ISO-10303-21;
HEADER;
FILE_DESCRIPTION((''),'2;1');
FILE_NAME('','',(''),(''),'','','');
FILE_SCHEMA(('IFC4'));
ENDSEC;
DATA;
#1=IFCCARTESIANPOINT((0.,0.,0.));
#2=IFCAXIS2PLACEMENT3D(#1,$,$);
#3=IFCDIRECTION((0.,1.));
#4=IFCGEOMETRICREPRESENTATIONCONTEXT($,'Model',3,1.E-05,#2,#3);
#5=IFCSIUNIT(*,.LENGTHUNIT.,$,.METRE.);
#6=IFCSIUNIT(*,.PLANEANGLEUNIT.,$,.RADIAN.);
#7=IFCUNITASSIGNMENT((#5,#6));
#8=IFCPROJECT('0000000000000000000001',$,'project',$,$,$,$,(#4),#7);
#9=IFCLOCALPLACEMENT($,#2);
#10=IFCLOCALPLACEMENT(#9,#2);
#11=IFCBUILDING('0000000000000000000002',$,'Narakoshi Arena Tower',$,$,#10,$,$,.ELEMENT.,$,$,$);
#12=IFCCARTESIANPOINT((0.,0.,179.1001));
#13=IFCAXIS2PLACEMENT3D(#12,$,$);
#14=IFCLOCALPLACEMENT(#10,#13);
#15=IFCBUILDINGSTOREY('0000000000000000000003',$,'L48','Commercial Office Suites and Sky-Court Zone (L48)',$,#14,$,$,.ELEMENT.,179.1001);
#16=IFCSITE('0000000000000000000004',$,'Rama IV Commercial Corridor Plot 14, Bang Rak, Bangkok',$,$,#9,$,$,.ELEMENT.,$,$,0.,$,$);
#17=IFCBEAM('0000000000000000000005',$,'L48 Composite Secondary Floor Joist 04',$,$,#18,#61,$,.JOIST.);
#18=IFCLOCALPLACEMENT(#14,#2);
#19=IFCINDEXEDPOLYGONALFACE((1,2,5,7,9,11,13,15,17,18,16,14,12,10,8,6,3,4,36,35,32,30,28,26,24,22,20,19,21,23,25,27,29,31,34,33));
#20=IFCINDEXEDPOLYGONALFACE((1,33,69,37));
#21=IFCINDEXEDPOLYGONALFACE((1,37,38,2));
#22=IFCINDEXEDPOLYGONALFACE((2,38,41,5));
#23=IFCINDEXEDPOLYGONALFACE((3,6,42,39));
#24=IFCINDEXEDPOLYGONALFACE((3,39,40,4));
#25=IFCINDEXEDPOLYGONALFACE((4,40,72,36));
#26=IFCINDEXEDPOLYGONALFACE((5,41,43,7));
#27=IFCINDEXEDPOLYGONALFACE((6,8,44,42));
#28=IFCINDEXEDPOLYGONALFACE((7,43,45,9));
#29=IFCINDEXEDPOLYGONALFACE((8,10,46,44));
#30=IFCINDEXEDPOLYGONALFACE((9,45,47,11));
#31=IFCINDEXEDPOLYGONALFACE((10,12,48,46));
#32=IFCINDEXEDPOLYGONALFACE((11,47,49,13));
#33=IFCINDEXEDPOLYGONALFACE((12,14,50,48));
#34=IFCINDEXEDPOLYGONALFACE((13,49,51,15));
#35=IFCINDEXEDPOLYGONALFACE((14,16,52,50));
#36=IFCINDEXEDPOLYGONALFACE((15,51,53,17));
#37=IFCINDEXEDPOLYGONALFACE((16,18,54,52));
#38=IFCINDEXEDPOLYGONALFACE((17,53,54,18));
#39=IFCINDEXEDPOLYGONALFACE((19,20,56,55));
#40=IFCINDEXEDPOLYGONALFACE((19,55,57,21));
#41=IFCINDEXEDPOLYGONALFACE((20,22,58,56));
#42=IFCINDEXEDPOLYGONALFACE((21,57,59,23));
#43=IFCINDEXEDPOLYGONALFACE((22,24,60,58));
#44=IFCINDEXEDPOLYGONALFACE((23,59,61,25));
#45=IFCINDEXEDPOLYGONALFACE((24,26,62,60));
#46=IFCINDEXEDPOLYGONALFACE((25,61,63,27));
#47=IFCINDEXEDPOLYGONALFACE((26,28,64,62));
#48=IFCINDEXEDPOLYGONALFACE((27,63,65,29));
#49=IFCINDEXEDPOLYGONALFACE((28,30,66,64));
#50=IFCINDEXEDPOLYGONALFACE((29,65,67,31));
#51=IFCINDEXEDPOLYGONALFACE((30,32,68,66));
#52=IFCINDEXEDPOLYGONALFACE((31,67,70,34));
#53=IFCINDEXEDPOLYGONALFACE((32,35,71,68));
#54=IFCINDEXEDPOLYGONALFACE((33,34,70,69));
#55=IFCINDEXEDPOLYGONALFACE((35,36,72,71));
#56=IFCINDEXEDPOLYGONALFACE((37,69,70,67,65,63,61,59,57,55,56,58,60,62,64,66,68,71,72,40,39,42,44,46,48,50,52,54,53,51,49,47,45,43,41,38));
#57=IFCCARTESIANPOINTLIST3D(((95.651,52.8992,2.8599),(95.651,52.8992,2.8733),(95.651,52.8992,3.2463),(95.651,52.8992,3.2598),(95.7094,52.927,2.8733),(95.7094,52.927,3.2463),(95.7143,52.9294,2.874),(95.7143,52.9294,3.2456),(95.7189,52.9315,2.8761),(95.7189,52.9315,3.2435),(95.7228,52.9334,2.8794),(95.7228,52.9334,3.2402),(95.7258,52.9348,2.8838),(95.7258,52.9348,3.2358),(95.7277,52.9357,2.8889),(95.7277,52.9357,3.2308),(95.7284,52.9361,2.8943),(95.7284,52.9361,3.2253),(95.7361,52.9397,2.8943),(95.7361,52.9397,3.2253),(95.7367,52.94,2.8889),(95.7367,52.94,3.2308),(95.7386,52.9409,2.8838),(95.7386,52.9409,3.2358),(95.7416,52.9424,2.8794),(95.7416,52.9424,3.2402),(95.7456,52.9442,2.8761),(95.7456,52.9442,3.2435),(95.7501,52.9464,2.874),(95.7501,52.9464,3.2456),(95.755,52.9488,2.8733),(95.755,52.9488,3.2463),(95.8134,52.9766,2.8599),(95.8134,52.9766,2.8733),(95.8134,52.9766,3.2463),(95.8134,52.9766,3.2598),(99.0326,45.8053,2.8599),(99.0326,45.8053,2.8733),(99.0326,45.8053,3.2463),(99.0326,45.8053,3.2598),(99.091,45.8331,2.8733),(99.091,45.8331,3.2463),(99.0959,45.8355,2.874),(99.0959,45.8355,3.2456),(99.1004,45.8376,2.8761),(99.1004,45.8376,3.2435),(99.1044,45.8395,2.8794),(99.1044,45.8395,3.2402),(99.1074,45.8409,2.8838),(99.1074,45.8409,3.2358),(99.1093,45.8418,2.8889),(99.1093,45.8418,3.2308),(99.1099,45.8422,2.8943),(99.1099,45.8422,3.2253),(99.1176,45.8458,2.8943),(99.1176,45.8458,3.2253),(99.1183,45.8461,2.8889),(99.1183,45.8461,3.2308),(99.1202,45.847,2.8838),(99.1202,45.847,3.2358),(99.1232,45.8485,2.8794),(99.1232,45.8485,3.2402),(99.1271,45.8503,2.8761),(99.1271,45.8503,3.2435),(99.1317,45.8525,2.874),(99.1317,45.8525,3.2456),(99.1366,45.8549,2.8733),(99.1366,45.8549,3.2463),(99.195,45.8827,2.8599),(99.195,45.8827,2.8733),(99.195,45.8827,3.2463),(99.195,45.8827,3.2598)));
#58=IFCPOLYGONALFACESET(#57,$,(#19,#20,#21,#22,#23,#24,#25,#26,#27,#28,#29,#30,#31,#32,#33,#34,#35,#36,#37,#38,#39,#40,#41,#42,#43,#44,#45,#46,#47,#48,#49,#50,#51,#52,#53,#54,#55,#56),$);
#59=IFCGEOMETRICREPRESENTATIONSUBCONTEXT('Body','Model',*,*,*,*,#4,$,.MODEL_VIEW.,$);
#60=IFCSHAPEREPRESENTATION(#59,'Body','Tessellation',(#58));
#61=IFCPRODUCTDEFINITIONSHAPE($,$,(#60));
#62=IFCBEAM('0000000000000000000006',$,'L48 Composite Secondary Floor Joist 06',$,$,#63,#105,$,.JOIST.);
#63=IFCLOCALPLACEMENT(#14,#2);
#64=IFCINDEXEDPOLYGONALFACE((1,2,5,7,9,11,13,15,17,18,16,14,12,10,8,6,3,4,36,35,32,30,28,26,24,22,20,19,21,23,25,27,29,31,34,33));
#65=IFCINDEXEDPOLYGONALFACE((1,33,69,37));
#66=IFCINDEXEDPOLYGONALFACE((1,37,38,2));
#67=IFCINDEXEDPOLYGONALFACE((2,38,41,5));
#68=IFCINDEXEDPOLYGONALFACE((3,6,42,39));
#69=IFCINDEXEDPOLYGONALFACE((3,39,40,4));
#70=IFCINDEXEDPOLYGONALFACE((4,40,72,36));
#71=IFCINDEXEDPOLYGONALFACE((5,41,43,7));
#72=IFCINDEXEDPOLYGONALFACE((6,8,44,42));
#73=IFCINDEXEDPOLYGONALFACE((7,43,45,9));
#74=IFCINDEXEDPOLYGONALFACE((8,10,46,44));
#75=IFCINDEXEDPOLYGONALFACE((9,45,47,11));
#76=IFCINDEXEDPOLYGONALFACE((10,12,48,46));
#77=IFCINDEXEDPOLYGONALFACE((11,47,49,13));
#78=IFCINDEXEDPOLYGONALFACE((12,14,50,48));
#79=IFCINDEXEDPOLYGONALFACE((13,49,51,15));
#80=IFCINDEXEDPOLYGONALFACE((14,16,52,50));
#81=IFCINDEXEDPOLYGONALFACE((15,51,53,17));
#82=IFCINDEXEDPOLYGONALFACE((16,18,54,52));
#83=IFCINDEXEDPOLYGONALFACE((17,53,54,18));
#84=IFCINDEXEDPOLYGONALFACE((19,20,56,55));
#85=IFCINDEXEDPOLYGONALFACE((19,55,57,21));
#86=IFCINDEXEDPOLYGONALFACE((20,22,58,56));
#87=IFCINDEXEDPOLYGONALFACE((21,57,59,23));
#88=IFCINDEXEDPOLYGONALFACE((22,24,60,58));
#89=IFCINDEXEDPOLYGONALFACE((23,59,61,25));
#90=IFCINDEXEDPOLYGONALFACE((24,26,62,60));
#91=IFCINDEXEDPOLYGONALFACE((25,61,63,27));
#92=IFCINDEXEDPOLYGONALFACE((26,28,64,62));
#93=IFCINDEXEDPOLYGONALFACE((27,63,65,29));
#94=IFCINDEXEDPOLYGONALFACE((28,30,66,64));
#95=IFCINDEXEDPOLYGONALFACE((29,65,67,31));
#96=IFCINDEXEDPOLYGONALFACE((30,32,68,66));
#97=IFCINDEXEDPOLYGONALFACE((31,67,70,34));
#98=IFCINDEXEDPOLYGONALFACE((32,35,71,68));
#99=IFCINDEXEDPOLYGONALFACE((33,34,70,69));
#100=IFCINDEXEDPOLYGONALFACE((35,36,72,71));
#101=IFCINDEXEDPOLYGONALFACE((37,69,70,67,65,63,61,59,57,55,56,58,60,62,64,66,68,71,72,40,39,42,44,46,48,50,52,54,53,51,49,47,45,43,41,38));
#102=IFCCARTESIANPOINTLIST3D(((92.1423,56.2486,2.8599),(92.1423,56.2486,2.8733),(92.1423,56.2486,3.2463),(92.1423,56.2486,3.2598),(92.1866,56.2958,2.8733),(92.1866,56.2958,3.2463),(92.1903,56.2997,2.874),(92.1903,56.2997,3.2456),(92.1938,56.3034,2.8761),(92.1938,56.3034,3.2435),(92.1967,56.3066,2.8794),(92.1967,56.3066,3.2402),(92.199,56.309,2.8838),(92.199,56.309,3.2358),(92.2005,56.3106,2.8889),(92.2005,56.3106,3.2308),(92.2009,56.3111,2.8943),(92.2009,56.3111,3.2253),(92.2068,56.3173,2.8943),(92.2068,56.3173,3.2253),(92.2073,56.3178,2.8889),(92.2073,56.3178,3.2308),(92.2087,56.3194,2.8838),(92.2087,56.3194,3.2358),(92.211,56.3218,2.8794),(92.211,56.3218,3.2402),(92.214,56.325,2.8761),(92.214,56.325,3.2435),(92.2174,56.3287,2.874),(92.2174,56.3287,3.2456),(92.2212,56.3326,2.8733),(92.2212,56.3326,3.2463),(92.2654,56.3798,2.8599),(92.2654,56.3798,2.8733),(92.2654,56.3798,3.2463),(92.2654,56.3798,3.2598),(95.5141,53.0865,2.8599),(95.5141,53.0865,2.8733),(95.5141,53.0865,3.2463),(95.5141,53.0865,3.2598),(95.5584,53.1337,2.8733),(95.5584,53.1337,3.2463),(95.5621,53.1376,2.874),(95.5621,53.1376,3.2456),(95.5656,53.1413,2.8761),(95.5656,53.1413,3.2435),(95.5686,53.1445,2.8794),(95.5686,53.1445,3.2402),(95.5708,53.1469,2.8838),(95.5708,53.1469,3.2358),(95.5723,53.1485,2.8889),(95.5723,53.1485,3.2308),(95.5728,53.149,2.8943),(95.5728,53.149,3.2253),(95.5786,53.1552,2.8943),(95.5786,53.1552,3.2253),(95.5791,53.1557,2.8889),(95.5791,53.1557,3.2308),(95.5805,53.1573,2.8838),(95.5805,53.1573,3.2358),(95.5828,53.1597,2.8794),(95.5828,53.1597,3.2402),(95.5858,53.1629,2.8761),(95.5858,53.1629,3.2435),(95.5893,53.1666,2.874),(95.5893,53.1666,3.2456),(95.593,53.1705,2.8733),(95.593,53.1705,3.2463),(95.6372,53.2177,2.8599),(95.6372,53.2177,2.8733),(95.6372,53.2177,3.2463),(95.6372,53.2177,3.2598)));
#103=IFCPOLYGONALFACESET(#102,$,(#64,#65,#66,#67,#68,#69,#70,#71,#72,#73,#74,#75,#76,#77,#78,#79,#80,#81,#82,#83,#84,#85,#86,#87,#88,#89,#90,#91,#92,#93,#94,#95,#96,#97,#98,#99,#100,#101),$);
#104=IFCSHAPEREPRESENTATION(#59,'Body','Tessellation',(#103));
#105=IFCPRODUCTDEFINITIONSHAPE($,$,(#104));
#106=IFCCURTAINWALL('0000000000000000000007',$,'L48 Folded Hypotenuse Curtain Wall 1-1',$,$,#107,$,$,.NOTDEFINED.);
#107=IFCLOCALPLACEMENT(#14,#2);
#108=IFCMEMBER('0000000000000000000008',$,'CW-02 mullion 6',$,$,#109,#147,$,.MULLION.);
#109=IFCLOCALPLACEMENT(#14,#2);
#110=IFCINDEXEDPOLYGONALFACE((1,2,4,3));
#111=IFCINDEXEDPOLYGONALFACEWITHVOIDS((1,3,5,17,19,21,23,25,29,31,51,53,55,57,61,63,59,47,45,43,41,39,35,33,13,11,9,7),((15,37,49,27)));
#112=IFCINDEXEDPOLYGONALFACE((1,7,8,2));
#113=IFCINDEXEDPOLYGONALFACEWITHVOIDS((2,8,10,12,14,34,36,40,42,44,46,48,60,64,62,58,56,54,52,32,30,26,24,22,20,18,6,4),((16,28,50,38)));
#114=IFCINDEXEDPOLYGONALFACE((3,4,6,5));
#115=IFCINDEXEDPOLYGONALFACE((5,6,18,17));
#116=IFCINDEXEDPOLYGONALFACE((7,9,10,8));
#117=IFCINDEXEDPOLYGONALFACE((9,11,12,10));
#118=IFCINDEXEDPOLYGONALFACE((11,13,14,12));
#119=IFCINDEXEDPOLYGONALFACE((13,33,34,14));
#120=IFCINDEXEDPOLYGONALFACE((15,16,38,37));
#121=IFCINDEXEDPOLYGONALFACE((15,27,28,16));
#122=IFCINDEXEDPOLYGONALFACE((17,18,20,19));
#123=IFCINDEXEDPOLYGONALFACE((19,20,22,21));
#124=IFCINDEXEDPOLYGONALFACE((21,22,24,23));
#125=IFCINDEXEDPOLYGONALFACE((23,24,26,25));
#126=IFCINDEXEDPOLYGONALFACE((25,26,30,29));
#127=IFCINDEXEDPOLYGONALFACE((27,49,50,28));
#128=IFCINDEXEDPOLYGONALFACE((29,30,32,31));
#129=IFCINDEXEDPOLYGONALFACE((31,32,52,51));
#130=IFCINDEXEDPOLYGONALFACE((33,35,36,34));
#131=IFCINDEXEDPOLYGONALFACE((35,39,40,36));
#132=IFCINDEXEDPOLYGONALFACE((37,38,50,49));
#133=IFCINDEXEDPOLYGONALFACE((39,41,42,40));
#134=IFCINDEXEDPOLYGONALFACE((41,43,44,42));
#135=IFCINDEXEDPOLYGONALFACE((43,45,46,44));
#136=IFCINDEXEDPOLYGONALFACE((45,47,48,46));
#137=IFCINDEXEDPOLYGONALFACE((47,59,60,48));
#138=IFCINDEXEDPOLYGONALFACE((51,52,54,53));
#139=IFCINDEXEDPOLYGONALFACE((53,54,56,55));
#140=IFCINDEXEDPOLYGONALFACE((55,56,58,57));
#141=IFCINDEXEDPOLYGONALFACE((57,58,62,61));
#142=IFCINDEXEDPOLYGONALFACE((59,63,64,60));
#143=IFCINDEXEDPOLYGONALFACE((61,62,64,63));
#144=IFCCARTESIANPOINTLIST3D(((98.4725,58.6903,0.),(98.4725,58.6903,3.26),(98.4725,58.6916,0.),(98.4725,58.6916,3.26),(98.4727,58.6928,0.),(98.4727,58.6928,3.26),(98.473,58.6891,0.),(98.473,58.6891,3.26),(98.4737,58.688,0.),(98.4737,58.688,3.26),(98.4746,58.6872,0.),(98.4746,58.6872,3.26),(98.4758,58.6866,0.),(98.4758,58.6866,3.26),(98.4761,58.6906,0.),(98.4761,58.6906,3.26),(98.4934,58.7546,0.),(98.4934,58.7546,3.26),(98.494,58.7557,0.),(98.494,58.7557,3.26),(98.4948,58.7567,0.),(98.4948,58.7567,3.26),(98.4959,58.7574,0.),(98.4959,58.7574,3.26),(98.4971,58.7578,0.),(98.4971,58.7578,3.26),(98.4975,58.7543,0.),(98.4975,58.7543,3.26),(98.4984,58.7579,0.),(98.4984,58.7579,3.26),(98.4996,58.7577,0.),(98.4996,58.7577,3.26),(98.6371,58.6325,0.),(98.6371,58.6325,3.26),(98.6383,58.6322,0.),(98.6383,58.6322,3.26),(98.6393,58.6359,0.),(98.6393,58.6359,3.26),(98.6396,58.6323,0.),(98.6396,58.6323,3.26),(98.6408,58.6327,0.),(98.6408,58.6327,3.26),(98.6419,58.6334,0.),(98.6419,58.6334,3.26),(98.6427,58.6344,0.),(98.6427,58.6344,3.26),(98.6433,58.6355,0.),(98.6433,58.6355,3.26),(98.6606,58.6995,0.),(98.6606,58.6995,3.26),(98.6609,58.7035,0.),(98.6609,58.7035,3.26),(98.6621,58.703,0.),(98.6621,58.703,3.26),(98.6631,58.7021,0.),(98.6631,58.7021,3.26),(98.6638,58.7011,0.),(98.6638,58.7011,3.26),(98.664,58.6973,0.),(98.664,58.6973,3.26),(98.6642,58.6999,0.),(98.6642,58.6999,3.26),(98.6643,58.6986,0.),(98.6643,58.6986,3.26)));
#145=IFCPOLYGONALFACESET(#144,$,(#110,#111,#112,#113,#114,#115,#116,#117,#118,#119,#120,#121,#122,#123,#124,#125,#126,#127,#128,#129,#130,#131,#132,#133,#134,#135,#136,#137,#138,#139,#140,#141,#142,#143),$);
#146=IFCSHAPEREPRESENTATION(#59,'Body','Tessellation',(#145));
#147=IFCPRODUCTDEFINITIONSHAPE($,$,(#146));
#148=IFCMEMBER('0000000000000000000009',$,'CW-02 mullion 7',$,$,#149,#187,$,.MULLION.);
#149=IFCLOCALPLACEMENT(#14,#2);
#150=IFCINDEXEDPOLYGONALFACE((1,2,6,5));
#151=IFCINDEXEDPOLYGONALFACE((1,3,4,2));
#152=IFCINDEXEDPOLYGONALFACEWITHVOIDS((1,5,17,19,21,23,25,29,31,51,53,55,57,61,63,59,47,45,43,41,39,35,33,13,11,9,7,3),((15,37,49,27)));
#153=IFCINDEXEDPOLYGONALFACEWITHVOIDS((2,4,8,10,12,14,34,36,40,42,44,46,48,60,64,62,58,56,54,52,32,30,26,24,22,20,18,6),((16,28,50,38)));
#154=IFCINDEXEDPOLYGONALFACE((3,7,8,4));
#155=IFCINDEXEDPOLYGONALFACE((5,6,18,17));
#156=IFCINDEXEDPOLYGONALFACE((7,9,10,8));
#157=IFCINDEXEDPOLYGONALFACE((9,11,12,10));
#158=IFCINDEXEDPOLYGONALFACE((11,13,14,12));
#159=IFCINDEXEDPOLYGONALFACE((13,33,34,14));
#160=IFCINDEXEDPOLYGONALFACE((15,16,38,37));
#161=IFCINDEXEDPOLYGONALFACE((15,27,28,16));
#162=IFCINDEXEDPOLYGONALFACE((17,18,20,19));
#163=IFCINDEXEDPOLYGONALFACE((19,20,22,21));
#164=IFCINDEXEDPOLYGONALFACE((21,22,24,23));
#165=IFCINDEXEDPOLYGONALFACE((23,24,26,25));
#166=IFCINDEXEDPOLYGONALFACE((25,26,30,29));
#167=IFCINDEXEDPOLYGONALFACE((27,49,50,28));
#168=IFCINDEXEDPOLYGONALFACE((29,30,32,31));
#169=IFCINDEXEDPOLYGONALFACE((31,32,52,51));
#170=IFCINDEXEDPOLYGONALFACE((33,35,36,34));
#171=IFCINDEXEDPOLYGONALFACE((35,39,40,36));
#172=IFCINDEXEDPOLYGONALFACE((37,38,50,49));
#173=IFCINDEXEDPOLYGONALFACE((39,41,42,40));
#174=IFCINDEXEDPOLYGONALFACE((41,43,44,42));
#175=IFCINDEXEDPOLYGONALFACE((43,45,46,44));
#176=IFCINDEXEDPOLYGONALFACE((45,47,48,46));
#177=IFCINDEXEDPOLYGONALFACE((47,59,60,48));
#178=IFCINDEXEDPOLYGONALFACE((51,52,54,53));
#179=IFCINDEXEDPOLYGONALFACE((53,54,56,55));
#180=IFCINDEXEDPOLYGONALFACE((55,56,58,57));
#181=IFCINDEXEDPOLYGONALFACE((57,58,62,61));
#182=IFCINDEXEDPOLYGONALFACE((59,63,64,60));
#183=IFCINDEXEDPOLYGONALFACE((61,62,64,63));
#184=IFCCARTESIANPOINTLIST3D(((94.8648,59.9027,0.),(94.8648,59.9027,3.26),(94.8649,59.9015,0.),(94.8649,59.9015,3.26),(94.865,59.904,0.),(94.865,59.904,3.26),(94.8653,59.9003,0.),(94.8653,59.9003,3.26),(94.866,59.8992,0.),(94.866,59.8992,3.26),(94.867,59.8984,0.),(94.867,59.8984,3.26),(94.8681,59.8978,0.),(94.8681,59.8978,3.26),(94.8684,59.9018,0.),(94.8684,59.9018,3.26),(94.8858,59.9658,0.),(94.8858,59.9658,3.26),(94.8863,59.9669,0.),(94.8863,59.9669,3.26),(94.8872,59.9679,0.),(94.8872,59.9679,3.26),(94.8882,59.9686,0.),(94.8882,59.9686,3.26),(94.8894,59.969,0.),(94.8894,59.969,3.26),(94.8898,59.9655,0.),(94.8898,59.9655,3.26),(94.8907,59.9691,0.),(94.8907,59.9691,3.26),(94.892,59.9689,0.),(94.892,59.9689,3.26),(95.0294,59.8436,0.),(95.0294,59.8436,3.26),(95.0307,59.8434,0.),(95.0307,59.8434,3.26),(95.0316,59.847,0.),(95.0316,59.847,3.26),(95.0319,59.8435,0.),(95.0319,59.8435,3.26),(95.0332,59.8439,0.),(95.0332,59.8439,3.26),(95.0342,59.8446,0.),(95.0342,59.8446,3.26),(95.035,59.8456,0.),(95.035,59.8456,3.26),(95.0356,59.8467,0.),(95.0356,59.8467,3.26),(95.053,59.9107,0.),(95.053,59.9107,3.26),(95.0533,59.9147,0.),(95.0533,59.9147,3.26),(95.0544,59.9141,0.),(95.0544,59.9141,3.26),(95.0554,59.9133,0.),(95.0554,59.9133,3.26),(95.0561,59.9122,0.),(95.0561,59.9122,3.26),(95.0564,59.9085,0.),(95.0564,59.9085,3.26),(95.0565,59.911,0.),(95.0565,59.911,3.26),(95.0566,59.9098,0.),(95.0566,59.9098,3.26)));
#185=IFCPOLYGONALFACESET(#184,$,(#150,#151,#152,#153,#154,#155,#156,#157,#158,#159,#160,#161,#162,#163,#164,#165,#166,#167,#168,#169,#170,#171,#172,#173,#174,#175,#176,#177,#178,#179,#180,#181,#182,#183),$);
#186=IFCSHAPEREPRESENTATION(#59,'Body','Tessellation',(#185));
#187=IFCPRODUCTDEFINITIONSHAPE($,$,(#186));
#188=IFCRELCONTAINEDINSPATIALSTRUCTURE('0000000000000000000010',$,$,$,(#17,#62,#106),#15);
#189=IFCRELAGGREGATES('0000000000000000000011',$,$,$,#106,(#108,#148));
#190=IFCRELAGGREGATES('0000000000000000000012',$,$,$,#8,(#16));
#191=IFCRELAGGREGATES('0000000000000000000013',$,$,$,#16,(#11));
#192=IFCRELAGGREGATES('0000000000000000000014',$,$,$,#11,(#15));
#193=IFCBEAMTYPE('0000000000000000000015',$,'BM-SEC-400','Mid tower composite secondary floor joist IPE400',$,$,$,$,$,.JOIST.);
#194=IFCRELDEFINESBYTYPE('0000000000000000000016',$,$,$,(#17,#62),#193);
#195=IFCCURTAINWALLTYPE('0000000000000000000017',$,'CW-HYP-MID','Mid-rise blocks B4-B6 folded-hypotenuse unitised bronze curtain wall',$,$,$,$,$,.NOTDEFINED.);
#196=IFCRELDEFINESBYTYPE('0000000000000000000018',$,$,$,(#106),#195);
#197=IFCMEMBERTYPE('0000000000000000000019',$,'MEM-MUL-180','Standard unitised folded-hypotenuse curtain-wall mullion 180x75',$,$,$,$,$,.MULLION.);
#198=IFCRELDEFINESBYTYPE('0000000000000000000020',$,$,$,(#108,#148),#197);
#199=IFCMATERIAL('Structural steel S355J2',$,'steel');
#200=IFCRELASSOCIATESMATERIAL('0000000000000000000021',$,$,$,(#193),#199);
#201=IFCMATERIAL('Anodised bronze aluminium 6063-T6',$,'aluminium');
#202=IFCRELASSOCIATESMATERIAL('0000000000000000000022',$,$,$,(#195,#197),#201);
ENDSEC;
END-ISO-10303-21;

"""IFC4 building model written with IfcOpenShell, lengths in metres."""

from ifc_helpers import new_model, si_unit, direction, frame, origin, origin_2d, place, context, subcontext, project, spatial, hollow_rectangle, i_section, extrude, material, material_profile, profile_set, type_object, element, aggregate, save


model = new_model("IFC4")

# Units and contexts
model_context = context("Model", 3, precision=1e-05, world=origin(), true_north=direction((0.0, 1.0)))
body_context = subcontext(model_context, "Body", "Model", "MODEL_VIEW")
ifc_project = project(units=[si_unit("LENGTHUNIT", "METRE"), si_unit("PLANEANGLEUNIT", "RADIAN")], contexts=[model_context])

# Site, building, storey
site_placement = place(None, origin())
site = spatial("IfcSite", under=ifc_project, at=site_placement, Name="Rama IV Commercial Corridor Plot 14, Bang Rak, Bangkok", CompositionType="ELEMENT", RefElevation=0.0)
building_placement = place(site_placement, origin())
building = spatial("IfcBuilding", under=site, at=building_placement, Name="Narakoshi Arena Tower", CompositionType="ELEMENT")
storey_placement = place(building_placement, frame((0.0, 0.0, 179.1001)))
storey = spatial("IfcBuildingStorey", under=building, at=storey_placement, Name="L48", Description="Commercial Office Suites and Sky-Court Zone (L48)", CompositionType="ELEMENT", Elevation=179.1001)

# Beams
ifc_material_1 = material(Name="Structural steel S355J2", Category="steel")
ifc_material_profile_1 = material_profile(ifc_material_1, i_section(OverallWidth=0.1799, OverallDepth=0.3999, WebThickness=0.0085, FlangeThickness=0.0134, FilletRadius=0.021, at=origin_2d()), Name="IPE400")
ifc_profile_set_1 = profile_set([ifc_material_profile_1], Name="Structural steel S355J2")
beam_type_1 = type_object("IfcBeamType", Name="BM-SEC-400", Description="Mid tower composite secondary floor joist IPE400", PredefinedType="JOIST", material=ifc_profile_set_1)
beam_1_placement = place(storey_placement, frame((99.1138, 45.844, 3.0598), z_axis=(-0.430297, 0.902688, 0.0), x_axis=(-0.902688, -0.430297, 0.0)))
element("IfcBeam", 1, at=beam_1_placement, inside=storey, type_object=beam_type_1, Name="L48 Composite Secondary Floor Joist 04", PredefinedType="JOIST", context=body_context, shape_type="SweptSolid", body=[
    extrude(i_section(OverallWidth=0.1799, OverallDepth=0.3999, WebThickness=0.0085, FlangeThickness=0.0134, FilletRadius=0.021, at=origin_2d()), origin(), (0.0, 0.0, 1.0), 7.8586),
])
beam_2_placement = place(storey_placement, frame((95.5757, 53.1521, 3.0598), z_axis=(-0.729427, 0.684059, 0.0), x_axis=(-0.684059, -0.729427, 0.0)))
element("IfcBeam", 2, at=beam_2_placement, inside=storey, type_object=beam_type_1, Name="L48 Composite Secondary Floor Joist 06", PredefinedType="JOIST", context=body_context, shape_type="SweptSolid", body=[
    extrude(i_section(OverallWidth=0.1799, OverallDepth=0.3999, WebThickness=0.0085, FlangeThickness=0.0134, FilletRadius=0.021, at=origin_2d()), origin(), (0.0, 0.0, 1.0), 4.6226),
])

# Curtain wall, members
ifc_material_2 = material(Name="Anodised bronze aluminium 6063-T6", Category="aluminium")
curtain_wall_type = type_object("IfcCurtainWallType", Name="CW-HYP-MID", Description="Mid-rise blocks B4-B6 folded-hypotenuse unitised bronze curtain wall", PredefinedType="NOTDEFINED", material=ifc_material_2)
curtain_wall_placement = place(storey_placement, origin())
curtain_wall = element("IfcCurtainWall", 3, at=curtain_wall_placement, inside=storey, type_object=curtain_wall_type, Name="L48 Folded Hypotenuse Curtain Wall 1-1", PredefinedType="NOTDEFINED")
ifc_material_profile_2 = material_profile(ifc_material_2, hollow_rectangle(XDim=0.075, YDim=0.1799, WallThickness=0.0039, OuterFilletRadius=0.0049, at=origin_2d()), Name="MUL180x75x4")
ifc_profile_set_2 = profile_set([ifc_material_profile_2], Name="Anodised bronze aluminium 6063-T6")
member_type_1 = type_object("IfcMemberType", Name="MEM-MUL-180", Description="Standard unitised folded-hypotenuse curtain-wall mullion 180x75", PredefinedType="MULLION", material=ifc_profile_set_2)
member_1_placement = place(storey_placement, frame((98.5684, 58.6951, 0.0), z_axis=(0.0, 0.0, 1.0), x_axis=(-0.318261, -0.948003, 0.0)))
member_1 = element("IfcMember", 4, at=member_1_placement, type_object=member_type_1, Name="CW-02 mullion 6", PredefinedType="MULLION", context=body_context, shape_type="SweptSolid", body=[
    extrude(hollow_rectangle(XDim=0.075, YDim=0.1799, WallThickness=0.0039, OuterFilletRadius=0.0049, at=origin_2d()), origin(), (0.0, 0.0, 1.0), 3.26),
])
member_2_placement = place(storey_placement, frame((94.9607, 59.9062, 0.0), z_axis=(0.0, 0.0, 1.0), x_axis=(-0.318261, -0.948003, 0.0)))
member_2 = element("IfcMember", 5, at=member_2_placement, type_object=member_type_1, Name="CW-02 mullion 7", PredefinedType="MULLION", context=body_context, shape_type="SweptSolid", body=[
    extrude(hollow_rectangle(XDim=0.075, YDim=0.1799, WallThickness=0.0039, OuterFilletRadius=0.0049, at=origin_2d()), origin(), (0.0, 0.0, 1.0), 3.26),
])
aggregate(curtain_wall, [member_1, member_2])

save(model, "model.ifc")
